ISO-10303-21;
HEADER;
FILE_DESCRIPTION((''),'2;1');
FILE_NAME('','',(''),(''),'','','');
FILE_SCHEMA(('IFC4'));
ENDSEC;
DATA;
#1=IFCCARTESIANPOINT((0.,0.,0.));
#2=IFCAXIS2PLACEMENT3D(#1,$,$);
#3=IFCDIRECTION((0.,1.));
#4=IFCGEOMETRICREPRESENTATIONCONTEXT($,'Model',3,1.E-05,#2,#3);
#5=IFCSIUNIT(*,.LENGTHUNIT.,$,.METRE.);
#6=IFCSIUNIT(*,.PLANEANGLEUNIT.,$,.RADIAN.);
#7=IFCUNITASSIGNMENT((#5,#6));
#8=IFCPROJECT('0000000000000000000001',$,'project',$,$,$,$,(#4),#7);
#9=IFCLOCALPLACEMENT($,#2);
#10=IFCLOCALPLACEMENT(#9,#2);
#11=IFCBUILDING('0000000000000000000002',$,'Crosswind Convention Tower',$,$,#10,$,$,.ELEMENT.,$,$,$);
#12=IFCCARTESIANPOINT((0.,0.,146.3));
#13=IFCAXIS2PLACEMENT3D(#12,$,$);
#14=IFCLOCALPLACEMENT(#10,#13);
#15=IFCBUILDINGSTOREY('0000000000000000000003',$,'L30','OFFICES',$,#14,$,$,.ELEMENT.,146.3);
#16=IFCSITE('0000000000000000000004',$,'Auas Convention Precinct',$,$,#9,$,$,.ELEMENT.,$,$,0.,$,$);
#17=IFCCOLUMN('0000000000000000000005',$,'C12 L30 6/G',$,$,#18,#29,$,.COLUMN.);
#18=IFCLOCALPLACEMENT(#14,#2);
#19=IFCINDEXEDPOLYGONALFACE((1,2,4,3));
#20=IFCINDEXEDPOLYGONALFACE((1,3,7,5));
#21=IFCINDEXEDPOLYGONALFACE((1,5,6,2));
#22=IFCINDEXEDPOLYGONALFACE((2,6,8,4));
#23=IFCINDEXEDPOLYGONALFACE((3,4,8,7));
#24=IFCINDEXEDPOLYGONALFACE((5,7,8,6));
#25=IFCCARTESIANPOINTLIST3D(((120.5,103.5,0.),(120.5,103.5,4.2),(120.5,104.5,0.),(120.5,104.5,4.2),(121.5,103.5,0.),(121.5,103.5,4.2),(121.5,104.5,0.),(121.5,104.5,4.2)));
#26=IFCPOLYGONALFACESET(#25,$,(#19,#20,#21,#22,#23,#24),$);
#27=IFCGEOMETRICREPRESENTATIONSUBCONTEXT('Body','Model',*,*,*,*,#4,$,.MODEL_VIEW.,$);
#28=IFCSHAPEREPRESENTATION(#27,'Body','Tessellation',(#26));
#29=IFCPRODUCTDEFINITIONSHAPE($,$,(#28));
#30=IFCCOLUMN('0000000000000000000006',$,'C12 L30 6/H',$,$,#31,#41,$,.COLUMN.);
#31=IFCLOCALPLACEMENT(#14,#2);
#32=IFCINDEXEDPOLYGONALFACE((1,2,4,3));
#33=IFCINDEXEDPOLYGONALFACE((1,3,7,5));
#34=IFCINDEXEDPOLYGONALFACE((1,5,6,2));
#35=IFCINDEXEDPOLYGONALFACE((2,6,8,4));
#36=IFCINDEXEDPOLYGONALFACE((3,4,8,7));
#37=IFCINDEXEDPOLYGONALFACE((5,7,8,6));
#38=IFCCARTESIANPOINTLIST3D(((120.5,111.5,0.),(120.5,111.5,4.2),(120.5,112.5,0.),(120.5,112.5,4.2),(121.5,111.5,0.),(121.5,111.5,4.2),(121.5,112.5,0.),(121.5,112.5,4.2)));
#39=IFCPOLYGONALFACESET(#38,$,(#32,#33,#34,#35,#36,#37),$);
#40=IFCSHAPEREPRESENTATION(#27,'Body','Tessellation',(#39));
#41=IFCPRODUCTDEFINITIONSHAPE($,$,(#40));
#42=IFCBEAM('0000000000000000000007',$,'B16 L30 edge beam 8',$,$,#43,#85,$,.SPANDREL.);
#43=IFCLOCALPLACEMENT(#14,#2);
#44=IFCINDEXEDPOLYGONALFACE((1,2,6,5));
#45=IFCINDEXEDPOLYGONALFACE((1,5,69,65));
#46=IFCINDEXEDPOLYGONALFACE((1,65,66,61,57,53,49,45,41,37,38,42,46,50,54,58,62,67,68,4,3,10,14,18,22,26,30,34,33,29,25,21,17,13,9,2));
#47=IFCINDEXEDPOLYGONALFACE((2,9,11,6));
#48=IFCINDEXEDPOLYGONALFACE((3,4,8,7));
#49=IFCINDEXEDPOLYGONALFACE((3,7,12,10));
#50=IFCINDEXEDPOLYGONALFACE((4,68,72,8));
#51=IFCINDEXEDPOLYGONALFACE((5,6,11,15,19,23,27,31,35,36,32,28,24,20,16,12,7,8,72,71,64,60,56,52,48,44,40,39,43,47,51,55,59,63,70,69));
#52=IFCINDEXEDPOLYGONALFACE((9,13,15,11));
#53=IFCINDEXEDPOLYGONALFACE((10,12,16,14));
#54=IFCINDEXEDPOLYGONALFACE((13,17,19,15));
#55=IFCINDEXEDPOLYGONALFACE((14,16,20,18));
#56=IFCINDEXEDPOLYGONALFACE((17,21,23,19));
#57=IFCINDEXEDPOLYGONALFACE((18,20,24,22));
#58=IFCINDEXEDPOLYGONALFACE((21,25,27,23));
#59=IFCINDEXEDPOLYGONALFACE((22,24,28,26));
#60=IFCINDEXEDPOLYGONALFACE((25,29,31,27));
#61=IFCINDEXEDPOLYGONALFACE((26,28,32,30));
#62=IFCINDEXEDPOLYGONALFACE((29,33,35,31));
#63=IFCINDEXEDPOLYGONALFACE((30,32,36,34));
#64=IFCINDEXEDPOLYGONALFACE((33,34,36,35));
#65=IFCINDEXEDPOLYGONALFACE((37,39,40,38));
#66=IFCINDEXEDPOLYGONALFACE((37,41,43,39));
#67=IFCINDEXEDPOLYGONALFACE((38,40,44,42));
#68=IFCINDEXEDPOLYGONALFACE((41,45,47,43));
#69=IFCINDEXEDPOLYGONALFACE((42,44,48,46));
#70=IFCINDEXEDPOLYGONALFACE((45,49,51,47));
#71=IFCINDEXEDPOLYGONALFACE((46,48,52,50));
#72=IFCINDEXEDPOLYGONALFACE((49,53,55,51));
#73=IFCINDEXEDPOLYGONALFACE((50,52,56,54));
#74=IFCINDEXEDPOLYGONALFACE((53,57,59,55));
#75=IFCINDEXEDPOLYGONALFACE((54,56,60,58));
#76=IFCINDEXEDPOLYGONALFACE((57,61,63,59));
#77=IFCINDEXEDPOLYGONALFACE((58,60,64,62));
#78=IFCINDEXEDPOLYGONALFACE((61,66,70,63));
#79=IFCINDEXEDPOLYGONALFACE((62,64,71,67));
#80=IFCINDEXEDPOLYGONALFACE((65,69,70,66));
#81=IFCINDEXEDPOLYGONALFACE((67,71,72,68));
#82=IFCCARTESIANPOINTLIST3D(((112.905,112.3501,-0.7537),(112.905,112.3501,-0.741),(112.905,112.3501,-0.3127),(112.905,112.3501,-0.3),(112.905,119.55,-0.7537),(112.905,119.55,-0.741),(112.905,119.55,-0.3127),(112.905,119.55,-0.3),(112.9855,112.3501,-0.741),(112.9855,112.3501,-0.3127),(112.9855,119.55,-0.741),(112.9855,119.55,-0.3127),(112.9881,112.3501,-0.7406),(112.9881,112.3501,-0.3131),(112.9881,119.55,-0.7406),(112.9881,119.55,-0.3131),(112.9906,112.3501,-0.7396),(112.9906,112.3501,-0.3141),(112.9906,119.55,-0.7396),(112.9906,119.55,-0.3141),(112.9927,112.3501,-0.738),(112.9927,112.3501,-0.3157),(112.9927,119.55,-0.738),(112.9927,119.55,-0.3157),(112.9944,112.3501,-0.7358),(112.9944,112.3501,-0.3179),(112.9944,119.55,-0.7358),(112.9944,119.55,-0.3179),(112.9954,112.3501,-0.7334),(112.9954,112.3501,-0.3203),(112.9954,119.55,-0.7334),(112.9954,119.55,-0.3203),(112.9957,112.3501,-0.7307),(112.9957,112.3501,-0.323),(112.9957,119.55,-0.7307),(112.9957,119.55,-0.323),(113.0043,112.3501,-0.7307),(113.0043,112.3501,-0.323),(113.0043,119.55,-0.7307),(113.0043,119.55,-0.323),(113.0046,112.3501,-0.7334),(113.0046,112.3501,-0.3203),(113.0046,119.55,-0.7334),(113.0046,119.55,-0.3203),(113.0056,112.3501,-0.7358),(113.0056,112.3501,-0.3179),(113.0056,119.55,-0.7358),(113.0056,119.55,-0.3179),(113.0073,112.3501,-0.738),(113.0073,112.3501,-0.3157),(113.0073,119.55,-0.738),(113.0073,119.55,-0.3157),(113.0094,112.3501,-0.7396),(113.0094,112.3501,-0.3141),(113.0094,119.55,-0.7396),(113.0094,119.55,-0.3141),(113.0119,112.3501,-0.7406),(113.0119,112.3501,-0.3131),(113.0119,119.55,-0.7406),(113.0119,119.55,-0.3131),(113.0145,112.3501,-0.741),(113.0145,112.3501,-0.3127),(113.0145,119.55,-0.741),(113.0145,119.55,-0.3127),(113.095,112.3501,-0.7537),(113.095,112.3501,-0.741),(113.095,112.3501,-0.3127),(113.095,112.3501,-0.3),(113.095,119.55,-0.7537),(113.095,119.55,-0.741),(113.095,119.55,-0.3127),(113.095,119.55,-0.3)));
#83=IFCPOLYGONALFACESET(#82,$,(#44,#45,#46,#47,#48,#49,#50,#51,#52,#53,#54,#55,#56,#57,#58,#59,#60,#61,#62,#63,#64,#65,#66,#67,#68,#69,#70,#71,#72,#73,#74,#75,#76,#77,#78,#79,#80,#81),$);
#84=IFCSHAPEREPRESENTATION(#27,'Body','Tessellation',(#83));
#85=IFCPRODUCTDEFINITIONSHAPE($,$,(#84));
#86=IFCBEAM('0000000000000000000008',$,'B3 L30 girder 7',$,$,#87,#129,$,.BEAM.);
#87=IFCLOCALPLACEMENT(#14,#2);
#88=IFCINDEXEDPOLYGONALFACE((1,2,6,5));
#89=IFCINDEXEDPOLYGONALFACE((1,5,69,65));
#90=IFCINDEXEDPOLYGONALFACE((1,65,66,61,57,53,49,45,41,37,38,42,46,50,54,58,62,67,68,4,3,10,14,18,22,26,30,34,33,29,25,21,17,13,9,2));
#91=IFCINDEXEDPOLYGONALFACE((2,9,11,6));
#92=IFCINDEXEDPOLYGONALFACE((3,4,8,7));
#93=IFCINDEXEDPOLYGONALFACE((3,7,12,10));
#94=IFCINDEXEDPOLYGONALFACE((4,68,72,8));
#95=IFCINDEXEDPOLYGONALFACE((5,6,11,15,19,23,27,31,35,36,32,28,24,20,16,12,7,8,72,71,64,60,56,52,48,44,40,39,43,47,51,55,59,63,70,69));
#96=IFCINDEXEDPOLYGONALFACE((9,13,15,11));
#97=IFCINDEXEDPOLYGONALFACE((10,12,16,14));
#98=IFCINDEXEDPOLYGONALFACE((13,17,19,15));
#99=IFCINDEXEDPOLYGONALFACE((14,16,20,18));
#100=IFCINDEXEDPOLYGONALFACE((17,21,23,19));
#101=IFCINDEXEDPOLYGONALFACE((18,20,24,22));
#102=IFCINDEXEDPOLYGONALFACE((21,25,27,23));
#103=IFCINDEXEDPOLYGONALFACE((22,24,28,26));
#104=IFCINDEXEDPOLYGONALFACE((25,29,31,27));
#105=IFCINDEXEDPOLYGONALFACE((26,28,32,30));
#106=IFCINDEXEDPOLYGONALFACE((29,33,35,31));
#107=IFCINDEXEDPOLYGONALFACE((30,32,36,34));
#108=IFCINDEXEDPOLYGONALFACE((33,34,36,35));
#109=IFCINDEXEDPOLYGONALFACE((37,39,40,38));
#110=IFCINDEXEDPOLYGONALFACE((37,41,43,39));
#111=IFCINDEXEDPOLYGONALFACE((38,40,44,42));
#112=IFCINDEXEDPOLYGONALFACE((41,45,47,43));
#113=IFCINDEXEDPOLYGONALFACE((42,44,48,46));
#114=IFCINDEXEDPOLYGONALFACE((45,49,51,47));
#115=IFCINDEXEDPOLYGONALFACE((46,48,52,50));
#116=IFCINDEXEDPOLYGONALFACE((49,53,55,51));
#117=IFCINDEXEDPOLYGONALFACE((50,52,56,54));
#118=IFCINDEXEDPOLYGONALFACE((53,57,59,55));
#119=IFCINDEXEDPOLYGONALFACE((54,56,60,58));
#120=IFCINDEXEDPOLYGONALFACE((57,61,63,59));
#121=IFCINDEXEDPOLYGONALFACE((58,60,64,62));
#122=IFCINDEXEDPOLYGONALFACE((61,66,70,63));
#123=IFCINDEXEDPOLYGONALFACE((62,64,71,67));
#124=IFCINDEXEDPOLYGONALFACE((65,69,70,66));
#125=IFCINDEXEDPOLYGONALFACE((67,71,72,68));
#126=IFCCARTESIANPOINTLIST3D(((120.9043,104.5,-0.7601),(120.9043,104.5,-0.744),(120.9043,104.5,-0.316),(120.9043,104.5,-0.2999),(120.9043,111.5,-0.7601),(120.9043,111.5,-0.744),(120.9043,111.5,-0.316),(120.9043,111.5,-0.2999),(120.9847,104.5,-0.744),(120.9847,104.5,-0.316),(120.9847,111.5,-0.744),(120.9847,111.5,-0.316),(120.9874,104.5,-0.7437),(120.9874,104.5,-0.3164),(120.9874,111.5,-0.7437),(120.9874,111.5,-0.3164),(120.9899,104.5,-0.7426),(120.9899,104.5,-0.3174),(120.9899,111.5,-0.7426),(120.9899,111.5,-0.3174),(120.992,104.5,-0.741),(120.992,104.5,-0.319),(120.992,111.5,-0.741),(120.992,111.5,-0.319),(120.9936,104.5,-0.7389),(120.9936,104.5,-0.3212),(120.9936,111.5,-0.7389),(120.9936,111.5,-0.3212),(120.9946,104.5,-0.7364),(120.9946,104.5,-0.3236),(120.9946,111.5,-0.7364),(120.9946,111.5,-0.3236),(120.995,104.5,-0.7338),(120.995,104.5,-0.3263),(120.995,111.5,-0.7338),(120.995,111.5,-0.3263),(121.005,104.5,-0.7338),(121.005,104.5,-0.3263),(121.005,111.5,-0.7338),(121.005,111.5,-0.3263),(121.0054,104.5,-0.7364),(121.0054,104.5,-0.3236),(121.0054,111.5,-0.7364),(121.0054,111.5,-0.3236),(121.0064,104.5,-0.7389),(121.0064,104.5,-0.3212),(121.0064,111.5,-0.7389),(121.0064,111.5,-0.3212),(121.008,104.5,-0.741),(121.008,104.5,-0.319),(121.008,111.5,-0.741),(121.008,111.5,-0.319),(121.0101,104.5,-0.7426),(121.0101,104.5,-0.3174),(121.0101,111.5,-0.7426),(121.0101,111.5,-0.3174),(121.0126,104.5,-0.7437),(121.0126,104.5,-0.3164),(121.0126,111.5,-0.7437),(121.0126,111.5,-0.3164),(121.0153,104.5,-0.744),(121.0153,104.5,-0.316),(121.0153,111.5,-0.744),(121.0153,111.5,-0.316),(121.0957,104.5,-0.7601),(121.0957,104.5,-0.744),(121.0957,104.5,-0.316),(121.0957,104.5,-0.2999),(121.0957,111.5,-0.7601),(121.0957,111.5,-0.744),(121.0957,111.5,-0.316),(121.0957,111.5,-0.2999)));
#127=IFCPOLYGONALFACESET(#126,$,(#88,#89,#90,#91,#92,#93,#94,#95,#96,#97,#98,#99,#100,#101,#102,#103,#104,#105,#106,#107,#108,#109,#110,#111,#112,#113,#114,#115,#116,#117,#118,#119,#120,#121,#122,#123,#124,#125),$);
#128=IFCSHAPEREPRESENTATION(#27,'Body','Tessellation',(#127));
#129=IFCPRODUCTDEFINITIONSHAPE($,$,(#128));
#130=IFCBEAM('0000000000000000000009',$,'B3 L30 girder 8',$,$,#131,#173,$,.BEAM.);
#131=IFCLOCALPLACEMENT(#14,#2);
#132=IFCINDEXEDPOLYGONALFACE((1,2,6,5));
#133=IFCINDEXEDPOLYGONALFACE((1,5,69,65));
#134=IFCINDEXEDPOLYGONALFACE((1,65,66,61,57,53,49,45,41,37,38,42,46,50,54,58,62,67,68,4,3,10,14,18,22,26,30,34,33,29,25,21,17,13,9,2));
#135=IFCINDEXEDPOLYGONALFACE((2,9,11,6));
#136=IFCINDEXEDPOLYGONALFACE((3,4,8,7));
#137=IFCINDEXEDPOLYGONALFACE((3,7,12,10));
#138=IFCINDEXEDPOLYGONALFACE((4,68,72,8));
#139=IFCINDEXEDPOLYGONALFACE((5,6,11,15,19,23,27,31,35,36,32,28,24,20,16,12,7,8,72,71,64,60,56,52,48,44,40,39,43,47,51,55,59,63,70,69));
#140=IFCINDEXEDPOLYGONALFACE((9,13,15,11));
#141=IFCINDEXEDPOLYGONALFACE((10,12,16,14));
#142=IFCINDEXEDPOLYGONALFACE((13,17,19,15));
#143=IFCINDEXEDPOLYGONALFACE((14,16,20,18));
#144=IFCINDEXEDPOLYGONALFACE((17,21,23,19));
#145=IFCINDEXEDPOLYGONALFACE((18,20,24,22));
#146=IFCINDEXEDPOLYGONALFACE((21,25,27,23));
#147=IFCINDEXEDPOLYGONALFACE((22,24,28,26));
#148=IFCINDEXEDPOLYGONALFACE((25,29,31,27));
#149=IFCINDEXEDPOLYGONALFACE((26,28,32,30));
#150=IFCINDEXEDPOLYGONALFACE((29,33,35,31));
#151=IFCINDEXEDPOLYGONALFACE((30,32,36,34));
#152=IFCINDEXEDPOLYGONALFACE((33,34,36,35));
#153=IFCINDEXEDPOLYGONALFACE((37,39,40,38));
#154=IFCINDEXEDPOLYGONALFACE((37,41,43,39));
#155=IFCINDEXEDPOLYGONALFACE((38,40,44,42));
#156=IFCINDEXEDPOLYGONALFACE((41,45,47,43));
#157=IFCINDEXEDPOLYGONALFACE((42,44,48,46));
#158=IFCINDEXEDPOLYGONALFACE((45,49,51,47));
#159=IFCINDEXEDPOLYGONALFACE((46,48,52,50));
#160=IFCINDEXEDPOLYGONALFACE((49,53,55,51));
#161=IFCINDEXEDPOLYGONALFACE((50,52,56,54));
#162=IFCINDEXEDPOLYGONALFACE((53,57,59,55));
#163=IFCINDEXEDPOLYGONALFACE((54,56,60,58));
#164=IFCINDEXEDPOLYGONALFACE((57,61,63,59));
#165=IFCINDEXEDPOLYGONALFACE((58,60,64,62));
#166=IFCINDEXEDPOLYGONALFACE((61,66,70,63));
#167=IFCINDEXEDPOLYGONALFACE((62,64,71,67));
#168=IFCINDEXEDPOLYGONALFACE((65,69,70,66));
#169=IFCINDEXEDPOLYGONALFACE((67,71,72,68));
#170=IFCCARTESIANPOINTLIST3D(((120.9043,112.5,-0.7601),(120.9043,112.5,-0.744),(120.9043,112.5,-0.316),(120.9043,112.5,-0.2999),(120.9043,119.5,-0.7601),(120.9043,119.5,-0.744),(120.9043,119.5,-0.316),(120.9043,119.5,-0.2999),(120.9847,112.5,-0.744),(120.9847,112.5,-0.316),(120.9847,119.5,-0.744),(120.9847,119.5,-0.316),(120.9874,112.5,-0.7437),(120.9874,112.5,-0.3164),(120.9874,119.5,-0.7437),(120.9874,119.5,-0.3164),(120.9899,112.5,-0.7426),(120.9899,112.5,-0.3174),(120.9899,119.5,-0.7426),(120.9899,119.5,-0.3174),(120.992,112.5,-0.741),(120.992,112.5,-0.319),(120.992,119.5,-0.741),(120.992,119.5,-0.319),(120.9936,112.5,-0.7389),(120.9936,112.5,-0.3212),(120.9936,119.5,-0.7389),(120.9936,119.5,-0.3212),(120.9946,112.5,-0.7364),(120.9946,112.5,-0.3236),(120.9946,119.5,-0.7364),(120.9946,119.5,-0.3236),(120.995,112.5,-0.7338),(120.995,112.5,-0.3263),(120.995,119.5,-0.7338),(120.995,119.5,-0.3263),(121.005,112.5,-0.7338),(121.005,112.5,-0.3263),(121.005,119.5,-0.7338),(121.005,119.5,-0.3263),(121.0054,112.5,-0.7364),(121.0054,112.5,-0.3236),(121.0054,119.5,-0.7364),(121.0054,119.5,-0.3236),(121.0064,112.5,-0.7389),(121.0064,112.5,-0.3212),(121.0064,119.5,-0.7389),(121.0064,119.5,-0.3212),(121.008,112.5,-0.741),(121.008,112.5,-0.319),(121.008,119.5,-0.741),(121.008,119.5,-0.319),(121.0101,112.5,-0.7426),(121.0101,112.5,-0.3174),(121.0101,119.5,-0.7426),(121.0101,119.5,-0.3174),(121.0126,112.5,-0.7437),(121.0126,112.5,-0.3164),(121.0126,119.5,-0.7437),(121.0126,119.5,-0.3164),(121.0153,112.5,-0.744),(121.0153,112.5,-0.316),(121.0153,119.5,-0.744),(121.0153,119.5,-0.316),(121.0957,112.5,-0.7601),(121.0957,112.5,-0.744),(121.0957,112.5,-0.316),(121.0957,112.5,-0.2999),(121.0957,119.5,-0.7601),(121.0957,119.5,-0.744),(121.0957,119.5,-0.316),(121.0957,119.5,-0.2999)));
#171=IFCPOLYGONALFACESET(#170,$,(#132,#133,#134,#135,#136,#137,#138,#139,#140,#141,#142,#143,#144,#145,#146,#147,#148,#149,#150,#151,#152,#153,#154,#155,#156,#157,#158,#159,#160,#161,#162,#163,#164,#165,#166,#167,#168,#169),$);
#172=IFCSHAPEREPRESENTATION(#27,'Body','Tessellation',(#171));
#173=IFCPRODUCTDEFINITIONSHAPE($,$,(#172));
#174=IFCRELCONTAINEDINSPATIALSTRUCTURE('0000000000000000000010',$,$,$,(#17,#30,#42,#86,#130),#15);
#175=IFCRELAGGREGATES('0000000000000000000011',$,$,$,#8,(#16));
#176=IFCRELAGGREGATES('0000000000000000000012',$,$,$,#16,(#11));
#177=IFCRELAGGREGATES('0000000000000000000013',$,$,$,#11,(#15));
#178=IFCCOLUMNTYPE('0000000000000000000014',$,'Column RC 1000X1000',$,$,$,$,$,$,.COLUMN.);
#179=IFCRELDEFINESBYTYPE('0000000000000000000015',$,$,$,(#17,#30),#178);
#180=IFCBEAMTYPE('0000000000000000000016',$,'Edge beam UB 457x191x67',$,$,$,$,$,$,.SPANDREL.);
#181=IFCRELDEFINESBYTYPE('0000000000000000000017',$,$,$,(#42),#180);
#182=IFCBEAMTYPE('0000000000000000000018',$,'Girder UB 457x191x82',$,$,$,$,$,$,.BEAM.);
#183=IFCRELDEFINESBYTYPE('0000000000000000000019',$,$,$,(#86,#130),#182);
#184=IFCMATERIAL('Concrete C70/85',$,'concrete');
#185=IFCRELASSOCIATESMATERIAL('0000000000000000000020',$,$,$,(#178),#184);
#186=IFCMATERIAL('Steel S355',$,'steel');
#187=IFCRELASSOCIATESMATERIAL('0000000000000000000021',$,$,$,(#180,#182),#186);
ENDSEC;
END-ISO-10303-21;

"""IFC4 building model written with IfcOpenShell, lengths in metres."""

from ifc_helpers import new_model, si_unit, direction, frame, origin, origin_2d, place, context, subcontext, project, spatial, rectangle, i_section, extrude, material, material_profile, profile_set, type_object, element, save


model = new_model("IFC4")

# Units and contexts
model_context = context("Model", 3, precision=1e-05, world=origin(), true_north=direction((0.0, 1.0)))
body_context = subcontext(model_context, "Body", "Model", "MODEL_VIEW")
ifc_project = project(units=[si_unit("LENGTHUNIT", "METRE"), si_unit("PLANEANGLEUNIT", "RADIAN")], contexts=[model_context])

# Site, building, storey
site_placement = place(None, origin())
site = spatial("IfcSite", under=ifc_project, at=site_placement, Name="Auas Convention Precinct", CompositionType="ELEMENT", RefElevation=0.0)
building_placement = place(site_placement, origin())
building = spatial("IfcBuilding", under=site, at=building_placement, Name="Crosswind Convention Tower", CompositionType="ELEMENT")
storey_placement = place(building_placement, frame((0.0, 0.0, 146.3)))
storey = spatial("IfcBuildingStorey", under=building, at=storey_placement, Name="L30", Description="OFFICES", CompositionType="ELEMENT", Elevation=146.3)

# Columns
ifc_material_1 = material(Name="Concrete C70/85", Category="concrete")
ifc_material_profile_1 = material_profile(ifc_material_1, rectangle(XDim=1.0, YDim=1.0, at=origin_2d()), Name="RC 1000X1000")
ifc_profile_set_1 = profile_set([ifc_material_profile_1], Name="Concrete C70/85")
column_type = type_object("IfcColumnType", Name="Column RC 1000X1000", PredefinedType="COLUMN", material=ifc_profile_set_1)
for number, where, z_axis, x_axis, name in (
    (1, (121.0, 104.0, 0.0), (0.0, 0.0, 1.0), (1.0, 0.0, 0.0), "C12 L30 6/G"),
    (2, (121.0, 112.0, 0.0), (0.0, 0.0, 1.0), (1.0, 0.0, 0.0), "C12 L30 6/H"),
):
    element("IfcColumn", number, at=place(storey_placement, frame(where, z_axis=z_axis, x_axis=x_axis)), inside=storey, type_object=column_type, Name=name, PredefinedType="COLUMN", context=body_context, shape_type="SweptSolid", body=[
        extrude(rectangle(XDim=1.0, YDim=1.0, at=origin_2d()), origin(), (0.0, 0.0, 1.0), 4.2),
    ])

# Beams
ifc_material_2 = material(Name="Steel S355", Category="steel")
ifc_material_profile_2 = material_profile(ifc_material_2, i_section(OverallWidth=0.1899, OverallDepth=0.4536, WebThickness=0.0085, FlangeThickness=0.0127, FilletRadius=0.0103, at=origin_2d()), Name="UB 457x191x67")
ifc_profile_set_2 = profile_set([ifc_material_profile_2], Name="Steel S355")
beam_type_1 = type_object("IfcBeamType", Name="Edge beam UB 457x191x67", PredefinedType="SPANDREL", material=ifc_profile_set_2)
beam_placement = place(storey_placement, frame((113.0, 112.3501, -0.5269), z_axis=(0.0, 1.0, 0.0), x_axis=(-1.0, 0.0, 0.0)))
element("IfcBeam", 3, at=beam_placement, inside=storey, type_object=beam_type_1, Name="B16 L30 edge beam 8", PredefinedType="SPANDREL", context=body_context, shape_type="SweptSolid", body=[
    extrude(i_section(OverallWidth=0.1899, OverallDepth=0.4536, WebThickness=0.0085, FlangeThickness=0.0127, FilletRadius=0.0103, at=origin_2d()), origin(), (0.0, 0.0, 1.0), 7.2),
])
ifc_material_profile_3 = material_profile(ifc_material_2, i_section(OverallWidth=0.1914, OverallDepth=0.4602, WebThickness=0.01, FlangeThickness=0.0161, FilletRadius=0.0103, at=origin_2d()), Name="UB 457x191x82")
ifc_profile_set_3 = profile_set([ifc_material_profile_3], Name="Steel S355")
beam_type_2 = type_object("IfcBeamType", Name="Girder UB 457x191x82", PredefinedType="BEAM", material=ifc_profile_set_3)
for number, where, z_axis, x_axis, name in (
    (4, (121.0, 104.5, -0.53), (0.0, 1.0, 0.0), (-1.0, 0.0, 0.0), "B3 L30 girder 7"),
    (5, (121.0, 112.5, -0.53), (0.0, 1.0, 0.0), (-1.0, 0.0, 0.0), "B3 L30 girder 8"),
):
    element("IfcBeam", number, at=place(storey_placement, frame(where, z_axis=z_axis, x_axis=x_axis)), inside=storey, type_object=beam_type_2, Name=name, PredefinedType="BEAM", context=body_context, shape_type="SweptSolid", body=[
        extrude(i_section(OverallWidth=0.1914, OverallDepth=0.4602, WebThickness=0.01, FlangeThickness=0.0161, FilletRadius=0.0103, at=origin_2d()), origin(), (0.0, 0.0, 1.0), 7.0),
    ])

save(model, "model.ifc")
